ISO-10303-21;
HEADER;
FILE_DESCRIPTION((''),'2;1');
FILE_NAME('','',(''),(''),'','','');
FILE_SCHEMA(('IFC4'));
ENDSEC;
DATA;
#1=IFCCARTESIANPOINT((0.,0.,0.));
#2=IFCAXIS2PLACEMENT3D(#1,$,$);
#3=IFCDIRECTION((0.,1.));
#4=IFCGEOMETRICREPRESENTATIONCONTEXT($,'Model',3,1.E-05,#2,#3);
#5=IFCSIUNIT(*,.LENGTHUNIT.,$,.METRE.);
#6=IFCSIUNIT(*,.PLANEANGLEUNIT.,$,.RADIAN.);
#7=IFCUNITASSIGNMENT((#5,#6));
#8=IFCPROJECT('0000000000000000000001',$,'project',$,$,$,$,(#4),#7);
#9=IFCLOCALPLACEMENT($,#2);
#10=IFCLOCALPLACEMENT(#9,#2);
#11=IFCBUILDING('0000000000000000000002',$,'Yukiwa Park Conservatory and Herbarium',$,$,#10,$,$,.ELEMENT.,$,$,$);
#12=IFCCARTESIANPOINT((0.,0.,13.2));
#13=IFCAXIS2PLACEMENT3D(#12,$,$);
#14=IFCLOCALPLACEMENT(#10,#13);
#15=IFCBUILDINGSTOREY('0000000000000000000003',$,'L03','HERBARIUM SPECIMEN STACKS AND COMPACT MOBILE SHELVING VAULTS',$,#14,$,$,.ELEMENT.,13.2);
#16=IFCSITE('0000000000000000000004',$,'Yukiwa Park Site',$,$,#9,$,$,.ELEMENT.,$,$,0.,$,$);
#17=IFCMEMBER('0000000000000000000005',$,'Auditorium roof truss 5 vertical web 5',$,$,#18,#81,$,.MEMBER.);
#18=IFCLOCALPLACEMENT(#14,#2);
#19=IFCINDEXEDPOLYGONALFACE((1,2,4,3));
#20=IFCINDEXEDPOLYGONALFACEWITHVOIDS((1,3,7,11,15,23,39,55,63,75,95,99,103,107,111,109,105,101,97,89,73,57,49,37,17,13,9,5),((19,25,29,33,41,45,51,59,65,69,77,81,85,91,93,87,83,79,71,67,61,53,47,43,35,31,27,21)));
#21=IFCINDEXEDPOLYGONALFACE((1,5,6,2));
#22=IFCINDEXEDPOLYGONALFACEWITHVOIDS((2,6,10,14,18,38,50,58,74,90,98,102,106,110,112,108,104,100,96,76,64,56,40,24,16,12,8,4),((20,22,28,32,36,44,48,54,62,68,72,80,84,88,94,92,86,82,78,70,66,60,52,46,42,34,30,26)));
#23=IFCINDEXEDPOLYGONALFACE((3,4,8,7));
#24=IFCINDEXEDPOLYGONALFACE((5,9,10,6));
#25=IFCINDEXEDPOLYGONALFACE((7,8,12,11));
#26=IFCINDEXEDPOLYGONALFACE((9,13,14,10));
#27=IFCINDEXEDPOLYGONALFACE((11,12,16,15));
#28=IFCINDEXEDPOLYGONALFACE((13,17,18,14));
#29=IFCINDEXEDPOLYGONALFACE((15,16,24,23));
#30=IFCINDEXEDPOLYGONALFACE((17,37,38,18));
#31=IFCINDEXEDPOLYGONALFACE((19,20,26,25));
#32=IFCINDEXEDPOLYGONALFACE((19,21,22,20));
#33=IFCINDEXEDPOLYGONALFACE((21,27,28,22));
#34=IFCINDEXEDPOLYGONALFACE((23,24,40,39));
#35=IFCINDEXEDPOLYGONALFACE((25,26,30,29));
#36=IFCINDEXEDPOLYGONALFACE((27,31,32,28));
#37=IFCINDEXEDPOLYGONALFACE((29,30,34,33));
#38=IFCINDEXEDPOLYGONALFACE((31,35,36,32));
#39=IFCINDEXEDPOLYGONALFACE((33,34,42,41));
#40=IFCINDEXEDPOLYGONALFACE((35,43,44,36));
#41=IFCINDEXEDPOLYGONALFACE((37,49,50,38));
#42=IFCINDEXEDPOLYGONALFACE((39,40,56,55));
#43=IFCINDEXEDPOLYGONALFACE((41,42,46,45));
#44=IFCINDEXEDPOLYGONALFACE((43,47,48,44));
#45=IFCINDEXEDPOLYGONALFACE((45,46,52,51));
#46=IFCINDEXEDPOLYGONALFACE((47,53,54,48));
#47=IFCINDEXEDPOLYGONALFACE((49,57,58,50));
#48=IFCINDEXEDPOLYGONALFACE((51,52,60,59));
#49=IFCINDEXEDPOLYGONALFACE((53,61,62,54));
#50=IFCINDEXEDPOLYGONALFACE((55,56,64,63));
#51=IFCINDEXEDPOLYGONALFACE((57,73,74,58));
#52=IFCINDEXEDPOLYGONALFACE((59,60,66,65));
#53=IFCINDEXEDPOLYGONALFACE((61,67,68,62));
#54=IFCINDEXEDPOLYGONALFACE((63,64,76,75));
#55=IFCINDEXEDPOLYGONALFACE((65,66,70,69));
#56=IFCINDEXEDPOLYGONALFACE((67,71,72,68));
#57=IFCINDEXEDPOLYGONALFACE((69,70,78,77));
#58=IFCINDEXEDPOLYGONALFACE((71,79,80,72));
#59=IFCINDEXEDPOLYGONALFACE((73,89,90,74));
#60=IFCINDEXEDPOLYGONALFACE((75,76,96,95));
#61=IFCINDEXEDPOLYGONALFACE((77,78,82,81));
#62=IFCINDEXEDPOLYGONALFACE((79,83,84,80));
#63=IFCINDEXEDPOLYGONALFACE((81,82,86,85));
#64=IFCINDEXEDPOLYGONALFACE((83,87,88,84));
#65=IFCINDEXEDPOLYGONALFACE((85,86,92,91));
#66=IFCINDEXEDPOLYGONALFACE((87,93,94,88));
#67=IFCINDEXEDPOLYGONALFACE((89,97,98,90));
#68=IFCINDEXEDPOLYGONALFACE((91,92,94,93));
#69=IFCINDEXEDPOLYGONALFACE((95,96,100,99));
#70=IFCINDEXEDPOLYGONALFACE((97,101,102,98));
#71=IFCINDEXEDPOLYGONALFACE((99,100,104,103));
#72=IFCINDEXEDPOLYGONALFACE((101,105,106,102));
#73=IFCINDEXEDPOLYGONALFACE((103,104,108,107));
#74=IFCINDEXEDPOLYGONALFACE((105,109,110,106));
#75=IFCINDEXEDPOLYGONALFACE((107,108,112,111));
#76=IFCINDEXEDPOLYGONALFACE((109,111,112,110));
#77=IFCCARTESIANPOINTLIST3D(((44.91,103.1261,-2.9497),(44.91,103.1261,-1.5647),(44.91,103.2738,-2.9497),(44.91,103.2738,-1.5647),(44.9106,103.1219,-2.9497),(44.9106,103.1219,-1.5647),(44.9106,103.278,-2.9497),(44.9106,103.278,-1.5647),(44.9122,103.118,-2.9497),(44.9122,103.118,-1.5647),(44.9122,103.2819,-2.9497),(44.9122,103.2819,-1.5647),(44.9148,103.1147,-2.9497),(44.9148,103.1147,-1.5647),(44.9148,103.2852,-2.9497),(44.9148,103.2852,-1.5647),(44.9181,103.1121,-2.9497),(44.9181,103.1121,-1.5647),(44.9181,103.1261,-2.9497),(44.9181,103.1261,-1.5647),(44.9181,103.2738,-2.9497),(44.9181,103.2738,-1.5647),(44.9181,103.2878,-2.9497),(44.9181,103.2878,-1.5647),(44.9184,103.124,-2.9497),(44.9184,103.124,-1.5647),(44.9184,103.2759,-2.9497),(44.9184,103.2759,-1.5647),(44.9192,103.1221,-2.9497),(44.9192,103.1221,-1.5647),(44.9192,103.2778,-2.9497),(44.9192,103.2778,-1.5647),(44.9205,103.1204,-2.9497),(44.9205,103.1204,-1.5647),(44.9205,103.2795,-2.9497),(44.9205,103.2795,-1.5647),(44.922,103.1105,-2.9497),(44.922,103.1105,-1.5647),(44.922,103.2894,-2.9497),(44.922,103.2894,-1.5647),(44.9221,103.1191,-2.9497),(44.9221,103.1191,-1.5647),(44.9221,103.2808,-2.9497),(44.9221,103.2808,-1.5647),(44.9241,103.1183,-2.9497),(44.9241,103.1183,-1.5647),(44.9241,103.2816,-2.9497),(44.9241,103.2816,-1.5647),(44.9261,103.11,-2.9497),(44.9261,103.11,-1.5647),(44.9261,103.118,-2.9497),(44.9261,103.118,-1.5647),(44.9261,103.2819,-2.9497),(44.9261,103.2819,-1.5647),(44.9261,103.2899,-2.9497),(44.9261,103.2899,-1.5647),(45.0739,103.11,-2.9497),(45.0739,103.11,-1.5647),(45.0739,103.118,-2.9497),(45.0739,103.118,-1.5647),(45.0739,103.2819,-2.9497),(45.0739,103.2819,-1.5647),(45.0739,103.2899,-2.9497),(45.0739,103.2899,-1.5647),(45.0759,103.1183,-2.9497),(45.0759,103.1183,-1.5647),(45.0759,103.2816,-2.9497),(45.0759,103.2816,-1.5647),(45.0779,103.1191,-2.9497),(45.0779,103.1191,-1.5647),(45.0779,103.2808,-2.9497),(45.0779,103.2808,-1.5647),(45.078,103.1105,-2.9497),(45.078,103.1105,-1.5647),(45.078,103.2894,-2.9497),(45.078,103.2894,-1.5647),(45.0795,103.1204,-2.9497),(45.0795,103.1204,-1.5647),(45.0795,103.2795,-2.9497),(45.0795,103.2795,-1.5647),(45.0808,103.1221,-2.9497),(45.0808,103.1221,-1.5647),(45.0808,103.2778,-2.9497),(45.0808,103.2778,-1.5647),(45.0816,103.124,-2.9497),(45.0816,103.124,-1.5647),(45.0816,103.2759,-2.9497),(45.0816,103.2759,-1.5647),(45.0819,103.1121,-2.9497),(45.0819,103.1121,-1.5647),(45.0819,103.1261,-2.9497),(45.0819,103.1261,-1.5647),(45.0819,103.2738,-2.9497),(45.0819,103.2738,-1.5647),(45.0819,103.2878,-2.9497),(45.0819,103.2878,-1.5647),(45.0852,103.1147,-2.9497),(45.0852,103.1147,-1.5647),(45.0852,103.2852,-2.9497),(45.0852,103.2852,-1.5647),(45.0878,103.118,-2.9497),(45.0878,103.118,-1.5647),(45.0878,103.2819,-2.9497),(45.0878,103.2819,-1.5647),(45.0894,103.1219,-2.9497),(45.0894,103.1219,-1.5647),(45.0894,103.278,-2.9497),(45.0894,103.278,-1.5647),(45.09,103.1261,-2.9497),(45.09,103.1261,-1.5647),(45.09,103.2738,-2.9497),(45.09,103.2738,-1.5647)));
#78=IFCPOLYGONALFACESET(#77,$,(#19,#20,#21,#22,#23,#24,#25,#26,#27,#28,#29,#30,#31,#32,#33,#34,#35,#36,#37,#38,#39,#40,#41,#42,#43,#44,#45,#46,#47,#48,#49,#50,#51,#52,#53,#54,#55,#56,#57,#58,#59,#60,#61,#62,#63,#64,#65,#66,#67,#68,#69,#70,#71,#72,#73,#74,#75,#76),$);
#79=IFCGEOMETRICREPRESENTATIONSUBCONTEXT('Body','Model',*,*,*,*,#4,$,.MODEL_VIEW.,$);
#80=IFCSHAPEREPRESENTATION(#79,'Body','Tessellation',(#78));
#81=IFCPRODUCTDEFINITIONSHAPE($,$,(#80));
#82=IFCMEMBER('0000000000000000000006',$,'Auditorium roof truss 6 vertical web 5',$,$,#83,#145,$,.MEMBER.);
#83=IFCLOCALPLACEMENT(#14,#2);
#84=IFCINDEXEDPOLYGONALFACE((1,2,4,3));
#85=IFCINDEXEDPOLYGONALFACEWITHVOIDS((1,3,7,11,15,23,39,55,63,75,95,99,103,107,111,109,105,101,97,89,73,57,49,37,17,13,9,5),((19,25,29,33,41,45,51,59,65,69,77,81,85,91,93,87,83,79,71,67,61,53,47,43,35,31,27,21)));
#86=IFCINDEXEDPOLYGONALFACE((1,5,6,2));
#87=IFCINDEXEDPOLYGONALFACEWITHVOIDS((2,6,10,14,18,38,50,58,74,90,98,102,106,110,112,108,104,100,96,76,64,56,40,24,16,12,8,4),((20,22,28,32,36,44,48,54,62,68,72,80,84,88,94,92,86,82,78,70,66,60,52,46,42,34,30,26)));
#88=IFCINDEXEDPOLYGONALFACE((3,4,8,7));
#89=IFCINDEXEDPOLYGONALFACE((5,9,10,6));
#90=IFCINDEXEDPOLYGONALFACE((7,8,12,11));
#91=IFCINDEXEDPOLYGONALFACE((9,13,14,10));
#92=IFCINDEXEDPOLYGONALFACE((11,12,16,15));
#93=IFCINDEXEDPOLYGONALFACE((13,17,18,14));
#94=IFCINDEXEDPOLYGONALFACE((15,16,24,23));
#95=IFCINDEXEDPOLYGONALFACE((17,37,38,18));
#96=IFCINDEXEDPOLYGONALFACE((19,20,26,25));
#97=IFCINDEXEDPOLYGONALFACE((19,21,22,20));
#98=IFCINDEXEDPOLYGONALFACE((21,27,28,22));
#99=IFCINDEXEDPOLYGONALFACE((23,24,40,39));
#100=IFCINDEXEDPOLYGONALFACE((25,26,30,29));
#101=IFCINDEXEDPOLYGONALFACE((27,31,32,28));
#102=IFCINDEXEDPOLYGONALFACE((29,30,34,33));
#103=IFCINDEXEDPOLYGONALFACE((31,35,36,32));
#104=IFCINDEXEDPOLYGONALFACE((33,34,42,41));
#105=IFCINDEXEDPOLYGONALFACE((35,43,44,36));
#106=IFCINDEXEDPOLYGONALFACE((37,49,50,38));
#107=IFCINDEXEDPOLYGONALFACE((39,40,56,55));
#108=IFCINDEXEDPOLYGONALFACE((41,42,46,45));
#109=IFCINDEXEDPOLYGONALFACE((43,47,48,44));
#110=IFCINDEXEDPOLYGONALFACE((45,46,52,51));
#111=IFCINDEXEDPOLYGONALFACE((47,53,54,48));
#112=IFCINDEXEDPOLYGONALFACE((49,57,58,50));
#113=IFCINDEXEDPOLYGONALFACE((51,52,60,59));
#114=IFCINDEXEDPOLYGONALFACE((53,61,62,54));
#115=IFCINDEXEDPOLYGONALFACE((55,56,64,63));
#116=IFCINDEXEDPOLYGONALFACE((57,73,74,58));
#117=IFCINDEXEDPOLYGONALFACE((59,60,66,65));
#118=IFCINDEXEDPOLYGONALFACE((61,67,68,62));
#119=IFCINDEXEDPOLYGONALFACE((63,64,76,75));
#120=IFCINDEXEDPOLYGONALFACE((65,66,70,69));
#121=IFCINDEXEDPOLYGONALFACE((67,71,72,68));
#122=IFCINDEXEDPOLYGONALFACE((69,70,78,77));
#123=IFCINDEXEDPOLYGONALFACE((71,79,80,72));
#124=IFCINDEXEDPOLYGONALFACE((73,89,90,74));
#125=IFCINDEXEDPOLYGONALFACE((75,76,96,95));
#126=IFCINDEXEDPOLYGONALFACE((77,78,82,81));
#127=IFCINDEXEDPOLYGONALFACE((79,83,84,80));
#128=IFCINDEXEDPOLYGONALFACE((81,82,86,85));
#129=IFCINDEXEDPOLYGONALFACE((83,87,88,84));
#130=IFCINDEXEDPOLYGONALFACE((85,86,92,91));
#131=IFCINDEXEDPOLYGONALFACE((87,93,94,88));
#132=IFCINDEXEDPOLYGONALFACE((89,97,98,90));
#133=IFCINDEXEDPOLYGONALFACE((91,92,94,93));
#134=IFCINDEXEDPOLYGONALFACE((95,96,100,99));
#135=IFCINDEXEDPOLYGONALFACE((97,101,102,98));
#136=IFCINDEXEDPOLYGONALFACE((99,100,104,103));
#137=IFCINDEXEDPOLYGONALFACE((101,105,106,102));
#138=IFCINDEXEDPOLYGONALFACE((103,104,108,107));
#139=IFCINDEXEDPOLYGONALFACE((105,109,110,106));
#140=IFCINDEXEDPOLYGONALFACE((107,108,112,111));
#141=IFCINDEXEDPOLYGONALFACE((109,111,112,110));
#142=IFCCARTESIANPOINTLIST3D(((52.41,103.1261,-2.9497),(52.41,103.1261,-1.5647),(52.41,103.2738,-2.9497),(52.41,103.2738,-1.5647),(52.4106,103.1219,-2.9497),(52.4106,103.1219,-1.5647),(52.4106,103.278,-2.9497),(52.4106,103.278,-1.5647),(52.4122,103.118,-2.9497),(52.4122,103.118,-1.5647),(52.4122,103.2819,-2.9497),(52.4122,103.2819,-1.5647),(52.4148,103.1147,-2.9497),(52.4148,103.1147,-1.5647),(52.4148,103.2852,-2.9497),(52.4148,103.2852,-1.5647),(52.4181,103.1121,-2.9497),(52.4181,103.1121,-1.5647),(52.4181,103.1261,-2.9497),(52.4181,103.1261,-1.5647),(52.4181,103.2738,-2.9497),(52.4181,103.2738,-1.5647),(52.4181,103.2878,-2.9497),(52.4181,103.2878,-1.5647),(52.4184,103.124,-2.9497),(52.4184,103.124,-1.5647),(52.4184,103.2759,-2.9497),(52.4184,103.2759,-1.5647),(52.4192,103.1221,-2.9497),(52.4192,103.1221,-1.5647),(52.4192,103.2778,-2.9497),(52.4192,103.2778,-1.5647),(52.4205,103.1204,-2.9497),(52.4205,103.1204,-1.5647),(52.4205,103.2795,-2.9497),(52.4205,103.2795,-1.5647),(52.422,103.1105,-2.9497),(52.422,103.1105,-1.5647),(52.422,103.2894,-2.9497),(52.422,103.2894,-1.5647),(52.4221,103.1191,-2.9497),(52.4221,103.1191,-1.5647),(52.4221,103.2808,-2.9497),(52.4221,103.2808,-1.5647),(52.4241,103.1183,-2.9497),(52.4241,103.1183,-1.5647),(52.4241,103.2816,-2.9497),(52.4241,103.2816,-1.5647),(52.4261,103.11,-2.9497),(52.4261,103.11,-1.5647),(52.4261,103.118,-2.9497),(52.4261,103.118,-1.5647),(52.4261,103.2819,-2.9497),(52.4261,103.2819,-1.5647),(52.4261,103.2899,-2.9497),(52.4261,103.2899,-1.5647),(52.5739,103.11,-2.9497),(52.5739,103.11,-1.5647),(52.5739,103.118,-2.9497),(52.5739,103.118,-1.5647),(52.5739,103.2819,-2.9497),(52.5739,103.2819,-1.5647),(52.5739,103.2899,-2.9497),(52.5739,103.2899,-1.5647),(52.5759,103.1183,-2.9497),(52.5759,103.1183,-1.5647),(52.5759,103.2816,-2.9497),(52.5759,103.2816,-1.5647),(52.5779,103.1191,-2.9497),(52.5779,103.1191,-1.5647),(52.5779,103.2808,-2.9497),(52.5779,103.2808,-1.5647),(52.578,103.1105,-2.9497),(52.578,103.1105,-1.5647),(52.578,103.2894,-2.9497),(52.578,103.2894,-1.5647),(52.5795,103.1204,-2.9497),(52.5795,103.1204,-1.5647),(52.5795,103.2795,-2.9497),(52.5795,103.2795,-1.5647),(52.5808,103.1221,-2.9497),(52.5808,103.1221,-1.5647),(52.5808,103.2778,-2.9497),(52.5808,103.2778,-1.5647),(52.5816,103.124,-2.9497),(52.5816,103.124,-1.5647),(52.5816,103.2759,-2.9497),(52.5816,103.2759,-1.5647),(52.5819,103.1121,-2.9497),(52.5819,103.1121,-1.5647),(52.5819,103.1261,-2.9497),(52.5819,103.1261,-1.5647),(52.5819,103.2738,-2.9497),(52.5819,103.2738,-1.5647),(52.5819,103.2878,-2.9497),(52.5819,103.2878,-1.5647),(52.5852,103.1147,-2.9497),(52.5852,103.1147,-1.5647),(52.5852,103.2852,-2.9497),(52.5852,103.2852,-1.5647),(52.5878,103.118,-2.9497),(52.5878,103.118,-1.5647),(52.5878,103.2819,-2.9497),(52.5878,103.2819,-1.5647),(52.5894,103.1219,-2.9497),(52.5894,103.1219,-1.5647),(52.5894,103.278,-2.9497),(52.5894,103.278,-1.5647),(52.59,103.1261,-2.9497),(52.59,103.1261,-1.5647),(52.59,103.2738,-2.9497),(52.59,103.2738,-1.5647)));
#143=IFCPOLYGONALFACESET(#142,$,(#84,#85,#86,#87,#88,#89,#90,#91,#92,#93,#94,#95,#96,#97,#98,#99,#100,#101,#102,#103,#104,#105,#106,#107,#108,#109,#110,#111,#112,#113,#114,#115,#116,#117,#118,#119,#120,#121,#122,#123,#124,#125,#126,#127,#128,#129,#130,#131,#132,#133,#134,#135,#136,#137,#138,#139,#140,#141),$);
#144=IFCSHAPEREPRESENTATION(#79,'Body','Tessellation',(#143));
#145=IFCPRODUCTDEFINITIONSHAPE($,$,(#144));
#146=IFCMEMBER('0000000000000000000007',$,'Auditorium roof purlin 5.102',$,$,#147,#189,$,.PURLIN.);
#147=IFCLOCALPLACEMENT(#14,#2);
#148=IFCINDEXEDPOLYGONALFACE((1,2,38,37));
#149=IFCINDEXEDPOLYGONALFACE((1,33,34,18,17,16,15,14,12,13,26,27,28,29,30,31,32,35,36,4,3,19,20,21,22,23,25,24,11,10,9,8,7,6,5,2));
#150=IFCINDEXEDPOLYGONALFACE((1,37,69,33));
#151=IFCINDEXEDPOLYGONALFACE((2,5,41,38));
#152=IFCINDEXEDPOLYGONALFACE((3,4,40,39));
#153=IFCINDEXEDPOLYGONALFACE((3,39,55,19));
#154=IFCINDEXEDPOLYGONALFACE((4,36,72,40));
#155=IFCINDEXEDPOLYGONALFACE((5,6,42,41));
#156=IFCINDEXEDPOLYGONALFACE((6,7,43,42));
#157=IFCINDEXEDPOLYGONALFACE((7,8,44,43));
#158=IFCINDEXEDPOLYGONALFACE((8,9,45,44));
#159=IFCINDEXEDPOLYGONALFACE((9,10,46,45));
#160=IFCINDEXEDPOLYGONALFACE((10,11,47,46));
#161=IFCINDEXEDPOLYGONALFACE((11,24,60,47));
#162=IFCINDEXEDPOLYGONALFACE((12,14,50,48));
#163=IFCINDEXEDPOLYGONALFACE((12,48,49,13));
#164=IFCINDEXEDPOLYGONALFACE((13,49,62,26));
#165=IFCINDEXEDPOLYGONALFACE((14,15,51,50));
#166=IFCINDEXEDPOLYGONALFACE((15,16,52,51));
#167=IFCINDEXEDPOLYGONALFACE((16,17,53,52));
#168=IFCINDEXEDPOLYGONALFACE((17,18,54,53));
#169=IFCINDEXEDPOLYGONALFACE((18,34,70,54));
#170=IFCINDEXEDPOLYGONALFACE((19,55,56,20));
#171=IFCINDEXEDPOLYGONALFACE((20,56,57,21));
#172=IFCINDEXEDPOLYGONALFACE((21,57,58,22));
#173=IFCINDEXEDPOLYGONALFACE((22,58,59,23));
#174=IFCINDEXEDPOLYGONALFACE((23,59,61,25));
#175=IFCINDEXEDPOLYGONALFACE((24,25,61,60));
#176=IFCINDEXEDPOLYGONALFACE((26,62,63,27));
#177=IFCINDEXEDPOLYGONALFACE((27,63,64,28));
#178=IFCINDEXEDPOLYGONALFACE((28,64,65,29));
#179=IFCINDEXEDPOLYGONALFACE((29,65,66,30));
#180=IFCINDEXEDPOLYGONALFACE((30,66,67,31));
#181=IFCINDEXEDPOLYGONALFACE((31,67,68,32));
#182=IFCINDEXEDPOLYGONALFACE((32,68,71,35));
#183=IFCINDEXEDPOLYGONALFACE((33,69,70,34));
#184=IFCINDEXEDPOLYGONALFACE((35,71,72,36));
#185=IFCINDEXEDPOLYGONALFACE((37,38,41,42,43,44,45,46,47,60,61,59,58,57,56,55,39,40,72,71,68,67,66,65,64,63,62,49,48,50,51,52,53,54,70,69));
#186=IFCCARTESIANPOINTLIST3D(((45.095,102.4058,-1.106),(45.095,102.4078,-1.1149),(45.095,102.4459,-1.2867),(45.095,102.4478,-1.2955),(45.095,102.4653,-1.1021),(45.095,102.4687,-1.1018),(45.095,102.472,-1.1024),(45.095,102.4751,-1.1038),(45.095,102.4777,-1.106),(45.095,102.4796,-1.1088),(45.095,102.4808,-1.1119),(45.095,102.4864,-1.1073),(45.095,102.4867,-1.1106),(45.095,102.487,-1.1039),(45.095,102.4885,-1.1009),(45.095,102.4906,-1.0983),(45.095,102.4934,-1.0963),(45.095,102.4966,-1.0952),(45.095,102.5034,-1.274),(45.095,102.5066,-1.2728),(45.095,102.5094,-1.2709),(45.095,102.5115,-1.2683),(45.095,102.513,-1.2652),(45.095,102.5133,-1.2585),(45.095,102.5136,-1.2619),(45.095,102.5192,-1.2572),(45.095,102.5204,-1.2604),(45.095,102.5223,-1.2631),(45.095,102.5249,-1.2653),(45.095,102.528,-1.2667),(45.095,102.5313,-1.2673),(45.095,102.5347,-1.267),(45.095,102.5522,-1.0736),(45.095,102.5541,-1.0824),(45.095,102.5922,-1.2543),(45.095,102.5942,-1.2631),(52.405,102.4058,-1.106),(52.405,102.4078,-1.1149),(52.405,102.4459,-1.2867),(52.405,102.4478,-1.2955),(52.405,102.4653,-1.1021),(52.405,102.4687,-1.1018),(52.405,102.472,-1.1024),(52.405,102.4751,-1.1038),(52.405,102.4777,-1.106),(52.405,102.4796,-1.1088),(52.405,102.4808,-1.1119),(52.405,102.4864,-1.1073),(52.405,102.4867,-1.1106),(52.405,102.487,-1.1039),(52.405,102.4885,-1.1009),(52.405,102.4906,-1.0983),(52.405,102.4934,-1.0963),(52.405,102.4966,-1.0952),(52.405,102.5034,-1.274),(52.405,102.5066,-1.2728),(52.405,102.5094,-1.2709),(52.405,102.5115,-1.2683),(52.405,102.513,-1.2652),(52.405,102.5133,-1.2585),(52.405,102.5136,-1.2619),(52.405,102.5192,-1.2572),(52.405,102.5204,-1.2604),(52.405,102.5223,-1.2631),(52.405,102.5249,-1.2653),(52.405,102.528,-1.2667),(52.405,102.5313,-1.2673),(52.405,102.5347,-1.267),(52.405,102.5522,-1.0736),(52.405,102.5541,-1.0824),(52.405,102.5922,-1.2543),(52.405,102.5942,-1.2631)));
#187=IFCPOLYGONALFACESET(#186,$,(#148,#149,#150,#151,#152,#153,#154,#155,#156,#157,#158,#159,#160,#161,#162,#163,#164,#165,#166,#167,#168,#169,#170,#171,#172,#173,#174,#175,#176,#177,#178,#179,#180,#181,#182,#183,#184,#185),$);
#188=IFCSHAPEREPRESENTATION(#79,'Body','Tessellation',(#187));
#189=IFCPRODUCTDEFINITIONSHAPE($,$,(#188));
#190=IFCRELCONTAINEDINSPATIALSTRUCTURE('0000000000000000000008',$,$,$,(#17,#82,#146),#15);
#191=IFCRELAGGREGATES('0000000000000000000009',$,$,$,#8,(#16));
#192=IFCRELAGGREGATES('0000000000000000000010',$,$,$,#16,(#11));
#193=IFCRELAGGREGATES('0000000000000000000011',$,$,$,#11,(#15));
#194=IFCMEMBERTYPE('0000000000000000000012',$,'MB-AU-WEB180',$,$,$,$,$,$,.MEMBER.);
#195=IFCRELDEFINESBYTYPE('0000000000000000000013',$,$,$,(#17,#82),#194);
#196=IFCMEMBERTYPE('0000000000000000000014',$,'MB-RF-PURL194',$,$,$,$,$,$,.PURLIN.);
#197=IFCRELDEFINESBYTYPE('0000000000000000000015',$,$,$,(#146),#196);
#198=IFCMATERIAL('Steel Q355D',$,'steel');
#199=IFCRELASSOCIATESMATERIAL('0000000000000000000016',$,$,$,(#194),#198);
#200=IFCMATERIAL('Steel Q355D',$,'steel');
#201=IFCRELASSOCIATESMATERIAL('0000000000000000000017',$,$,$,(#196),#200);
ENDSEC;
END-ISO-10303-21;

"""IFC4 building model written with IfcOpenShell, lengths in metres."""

from ifc_helpers import new_model, si_unit, direction, frame, origin, origin_2d, place, context, subcontext, project, spatial, hollow_rectangle, i_section, extrude, material, material_profile, profile_set, type_object, element, save


model = new_model("IFC4")

# Units and contexts
model_context = context("Model", 3, precision=1e-05, world=origin(), true_north=direction((0.0, 1.0)))
body_context = subcontext(model_context, "Body", "Model", "MODEL_VIEW")
ifc_project = project(units=[si_unit("LENGTHUNIT", "METRE"), si_unit("PLANEANGLEUNIT", "RADIAN")], contexts=[model_context])

# Site, building, storey
site_placement = place(None, origin())
site = spatial("IfcSite", under=ifc_project, at=site_placement, Name="Yukiwa Park Site", CompositionType="ELEMENT", RefElevation=0.0)
building_placement = place(site_placement, origin())
building = spatial("IfcBuilding", under=site, at=building_placement, Name="Yukiwa Park Conservatory and Herbarium", CompositionType="ELEMENT")
storey_placement = place(building_placement, frame((0.0, 0.0, 13.2)))
storey = spatial("IfcBuildingStorey", under=building, at=storey_placement, Name="L03", Description="HERBARIUM SPECIMEN STACKS AND COMPACT MOBILE SHELVING VAULTS", CompositionType="ELEMENT", Elevation=13.2)

# Members
ifc_material_1 = material(Name="Steel Q355D", Category="steel")
ifc_material_profile_1 = material_profile(ifc_material_1, hollow_rectangle(XDim=0.1799, YDim=0.1799, WallThickness=0.0081, InnerFilletRadius=0.0081, OuterFilletRadius=0.0161, at=origin_2d()), Name="SHS 180x180x8")
ifc_profile_set_1 = profile_set([ifc_material_profile_1], Name="Steel Q355D")
member_type_1 = type_object("IfcMemberType", Name="MB-AU-WEB180", PredefinedType="MEMBER", material=ifc_profile_set_1)
for number, where, z_axis, x_axis, name in (
    (1, (45.0, 103.2, -2.9497), (0.0, 0.0, 1.0), (1.0, 0.0, 0.0), "Auditorium roof truss 5 vertical web 5"),
    (2, (52.5, 103.2, -2.9497), (0.0, 0.0, 1.0), (1.0, 0.0, 0.0), "Auditorium roof truss 6 vertical web 5"),
):
    element("IfcMember", number, at=place(storey_placement, frame(where, z_axis=z_axis, x_axis=x_axis)), inside=storey, type_object=member_type_1, Name=name, PredefinedType="MEMBER", context=body_context, shape_type="SweptSolid", body=[
        extrude(hollow_rectangle(XDim=0.1799, YDim=0.1799, WallThickness=0.0081, InnerFilletRadius=0.0081, OuterFilletRadius=0.0161, at=origin_2d()), origin(), (0.0, 0.0, 1.0), 1.385),
    ])
ifc_material_2 = material(Name="Steel Q355D", Category="steel")
ifc_material_profile_2 = material_profile(ifc_material_2, i_section(OverallWidth=0.1499, OverallDepth=0.1941, WebThickness=0.0061, FlangeThickness=0.009, FilletRadius=0.0129, at=origin_2d()), Name="HM 194x150x6x9")
ifc_profile_set_2 = profile_set([ifc_material_profile_2], Name="Steel Q355D")
member_type_2 = type_object("IfcMemberType", Name="MB-RF-PURL194", PredefinedType="PURLIN", material=ifc_profile_set_2)
for number, where, z_axis, x_axis, name in (
    (3, (45.095, 102.5, -1.1846), (1.0, 0.0, 0.0), (0.0, 0.976296, 0.21644), "Auditorium roof purlin 5.102"),
):
    element("IfcMember", number, at=place(storey_placement, frame(where, z_axis=z_axis, x_axis=x_axis)), inside=storey, type_object=member_type_2, Name=name, PredefinedType="PURLIN", context=body_context, shape_type="SweptSolid", body=[
        extrude(i_section(OverallWidth=0.1499, OverallDepth=0.1941, WebThickness=0.0061, FlangeThickness=0.009, FilletRadius=0.0129, at=origin_2d()), origin(), (0.0, 0.0, 1.0), 7.3101),
    ])

save(model, "model.ifc")
